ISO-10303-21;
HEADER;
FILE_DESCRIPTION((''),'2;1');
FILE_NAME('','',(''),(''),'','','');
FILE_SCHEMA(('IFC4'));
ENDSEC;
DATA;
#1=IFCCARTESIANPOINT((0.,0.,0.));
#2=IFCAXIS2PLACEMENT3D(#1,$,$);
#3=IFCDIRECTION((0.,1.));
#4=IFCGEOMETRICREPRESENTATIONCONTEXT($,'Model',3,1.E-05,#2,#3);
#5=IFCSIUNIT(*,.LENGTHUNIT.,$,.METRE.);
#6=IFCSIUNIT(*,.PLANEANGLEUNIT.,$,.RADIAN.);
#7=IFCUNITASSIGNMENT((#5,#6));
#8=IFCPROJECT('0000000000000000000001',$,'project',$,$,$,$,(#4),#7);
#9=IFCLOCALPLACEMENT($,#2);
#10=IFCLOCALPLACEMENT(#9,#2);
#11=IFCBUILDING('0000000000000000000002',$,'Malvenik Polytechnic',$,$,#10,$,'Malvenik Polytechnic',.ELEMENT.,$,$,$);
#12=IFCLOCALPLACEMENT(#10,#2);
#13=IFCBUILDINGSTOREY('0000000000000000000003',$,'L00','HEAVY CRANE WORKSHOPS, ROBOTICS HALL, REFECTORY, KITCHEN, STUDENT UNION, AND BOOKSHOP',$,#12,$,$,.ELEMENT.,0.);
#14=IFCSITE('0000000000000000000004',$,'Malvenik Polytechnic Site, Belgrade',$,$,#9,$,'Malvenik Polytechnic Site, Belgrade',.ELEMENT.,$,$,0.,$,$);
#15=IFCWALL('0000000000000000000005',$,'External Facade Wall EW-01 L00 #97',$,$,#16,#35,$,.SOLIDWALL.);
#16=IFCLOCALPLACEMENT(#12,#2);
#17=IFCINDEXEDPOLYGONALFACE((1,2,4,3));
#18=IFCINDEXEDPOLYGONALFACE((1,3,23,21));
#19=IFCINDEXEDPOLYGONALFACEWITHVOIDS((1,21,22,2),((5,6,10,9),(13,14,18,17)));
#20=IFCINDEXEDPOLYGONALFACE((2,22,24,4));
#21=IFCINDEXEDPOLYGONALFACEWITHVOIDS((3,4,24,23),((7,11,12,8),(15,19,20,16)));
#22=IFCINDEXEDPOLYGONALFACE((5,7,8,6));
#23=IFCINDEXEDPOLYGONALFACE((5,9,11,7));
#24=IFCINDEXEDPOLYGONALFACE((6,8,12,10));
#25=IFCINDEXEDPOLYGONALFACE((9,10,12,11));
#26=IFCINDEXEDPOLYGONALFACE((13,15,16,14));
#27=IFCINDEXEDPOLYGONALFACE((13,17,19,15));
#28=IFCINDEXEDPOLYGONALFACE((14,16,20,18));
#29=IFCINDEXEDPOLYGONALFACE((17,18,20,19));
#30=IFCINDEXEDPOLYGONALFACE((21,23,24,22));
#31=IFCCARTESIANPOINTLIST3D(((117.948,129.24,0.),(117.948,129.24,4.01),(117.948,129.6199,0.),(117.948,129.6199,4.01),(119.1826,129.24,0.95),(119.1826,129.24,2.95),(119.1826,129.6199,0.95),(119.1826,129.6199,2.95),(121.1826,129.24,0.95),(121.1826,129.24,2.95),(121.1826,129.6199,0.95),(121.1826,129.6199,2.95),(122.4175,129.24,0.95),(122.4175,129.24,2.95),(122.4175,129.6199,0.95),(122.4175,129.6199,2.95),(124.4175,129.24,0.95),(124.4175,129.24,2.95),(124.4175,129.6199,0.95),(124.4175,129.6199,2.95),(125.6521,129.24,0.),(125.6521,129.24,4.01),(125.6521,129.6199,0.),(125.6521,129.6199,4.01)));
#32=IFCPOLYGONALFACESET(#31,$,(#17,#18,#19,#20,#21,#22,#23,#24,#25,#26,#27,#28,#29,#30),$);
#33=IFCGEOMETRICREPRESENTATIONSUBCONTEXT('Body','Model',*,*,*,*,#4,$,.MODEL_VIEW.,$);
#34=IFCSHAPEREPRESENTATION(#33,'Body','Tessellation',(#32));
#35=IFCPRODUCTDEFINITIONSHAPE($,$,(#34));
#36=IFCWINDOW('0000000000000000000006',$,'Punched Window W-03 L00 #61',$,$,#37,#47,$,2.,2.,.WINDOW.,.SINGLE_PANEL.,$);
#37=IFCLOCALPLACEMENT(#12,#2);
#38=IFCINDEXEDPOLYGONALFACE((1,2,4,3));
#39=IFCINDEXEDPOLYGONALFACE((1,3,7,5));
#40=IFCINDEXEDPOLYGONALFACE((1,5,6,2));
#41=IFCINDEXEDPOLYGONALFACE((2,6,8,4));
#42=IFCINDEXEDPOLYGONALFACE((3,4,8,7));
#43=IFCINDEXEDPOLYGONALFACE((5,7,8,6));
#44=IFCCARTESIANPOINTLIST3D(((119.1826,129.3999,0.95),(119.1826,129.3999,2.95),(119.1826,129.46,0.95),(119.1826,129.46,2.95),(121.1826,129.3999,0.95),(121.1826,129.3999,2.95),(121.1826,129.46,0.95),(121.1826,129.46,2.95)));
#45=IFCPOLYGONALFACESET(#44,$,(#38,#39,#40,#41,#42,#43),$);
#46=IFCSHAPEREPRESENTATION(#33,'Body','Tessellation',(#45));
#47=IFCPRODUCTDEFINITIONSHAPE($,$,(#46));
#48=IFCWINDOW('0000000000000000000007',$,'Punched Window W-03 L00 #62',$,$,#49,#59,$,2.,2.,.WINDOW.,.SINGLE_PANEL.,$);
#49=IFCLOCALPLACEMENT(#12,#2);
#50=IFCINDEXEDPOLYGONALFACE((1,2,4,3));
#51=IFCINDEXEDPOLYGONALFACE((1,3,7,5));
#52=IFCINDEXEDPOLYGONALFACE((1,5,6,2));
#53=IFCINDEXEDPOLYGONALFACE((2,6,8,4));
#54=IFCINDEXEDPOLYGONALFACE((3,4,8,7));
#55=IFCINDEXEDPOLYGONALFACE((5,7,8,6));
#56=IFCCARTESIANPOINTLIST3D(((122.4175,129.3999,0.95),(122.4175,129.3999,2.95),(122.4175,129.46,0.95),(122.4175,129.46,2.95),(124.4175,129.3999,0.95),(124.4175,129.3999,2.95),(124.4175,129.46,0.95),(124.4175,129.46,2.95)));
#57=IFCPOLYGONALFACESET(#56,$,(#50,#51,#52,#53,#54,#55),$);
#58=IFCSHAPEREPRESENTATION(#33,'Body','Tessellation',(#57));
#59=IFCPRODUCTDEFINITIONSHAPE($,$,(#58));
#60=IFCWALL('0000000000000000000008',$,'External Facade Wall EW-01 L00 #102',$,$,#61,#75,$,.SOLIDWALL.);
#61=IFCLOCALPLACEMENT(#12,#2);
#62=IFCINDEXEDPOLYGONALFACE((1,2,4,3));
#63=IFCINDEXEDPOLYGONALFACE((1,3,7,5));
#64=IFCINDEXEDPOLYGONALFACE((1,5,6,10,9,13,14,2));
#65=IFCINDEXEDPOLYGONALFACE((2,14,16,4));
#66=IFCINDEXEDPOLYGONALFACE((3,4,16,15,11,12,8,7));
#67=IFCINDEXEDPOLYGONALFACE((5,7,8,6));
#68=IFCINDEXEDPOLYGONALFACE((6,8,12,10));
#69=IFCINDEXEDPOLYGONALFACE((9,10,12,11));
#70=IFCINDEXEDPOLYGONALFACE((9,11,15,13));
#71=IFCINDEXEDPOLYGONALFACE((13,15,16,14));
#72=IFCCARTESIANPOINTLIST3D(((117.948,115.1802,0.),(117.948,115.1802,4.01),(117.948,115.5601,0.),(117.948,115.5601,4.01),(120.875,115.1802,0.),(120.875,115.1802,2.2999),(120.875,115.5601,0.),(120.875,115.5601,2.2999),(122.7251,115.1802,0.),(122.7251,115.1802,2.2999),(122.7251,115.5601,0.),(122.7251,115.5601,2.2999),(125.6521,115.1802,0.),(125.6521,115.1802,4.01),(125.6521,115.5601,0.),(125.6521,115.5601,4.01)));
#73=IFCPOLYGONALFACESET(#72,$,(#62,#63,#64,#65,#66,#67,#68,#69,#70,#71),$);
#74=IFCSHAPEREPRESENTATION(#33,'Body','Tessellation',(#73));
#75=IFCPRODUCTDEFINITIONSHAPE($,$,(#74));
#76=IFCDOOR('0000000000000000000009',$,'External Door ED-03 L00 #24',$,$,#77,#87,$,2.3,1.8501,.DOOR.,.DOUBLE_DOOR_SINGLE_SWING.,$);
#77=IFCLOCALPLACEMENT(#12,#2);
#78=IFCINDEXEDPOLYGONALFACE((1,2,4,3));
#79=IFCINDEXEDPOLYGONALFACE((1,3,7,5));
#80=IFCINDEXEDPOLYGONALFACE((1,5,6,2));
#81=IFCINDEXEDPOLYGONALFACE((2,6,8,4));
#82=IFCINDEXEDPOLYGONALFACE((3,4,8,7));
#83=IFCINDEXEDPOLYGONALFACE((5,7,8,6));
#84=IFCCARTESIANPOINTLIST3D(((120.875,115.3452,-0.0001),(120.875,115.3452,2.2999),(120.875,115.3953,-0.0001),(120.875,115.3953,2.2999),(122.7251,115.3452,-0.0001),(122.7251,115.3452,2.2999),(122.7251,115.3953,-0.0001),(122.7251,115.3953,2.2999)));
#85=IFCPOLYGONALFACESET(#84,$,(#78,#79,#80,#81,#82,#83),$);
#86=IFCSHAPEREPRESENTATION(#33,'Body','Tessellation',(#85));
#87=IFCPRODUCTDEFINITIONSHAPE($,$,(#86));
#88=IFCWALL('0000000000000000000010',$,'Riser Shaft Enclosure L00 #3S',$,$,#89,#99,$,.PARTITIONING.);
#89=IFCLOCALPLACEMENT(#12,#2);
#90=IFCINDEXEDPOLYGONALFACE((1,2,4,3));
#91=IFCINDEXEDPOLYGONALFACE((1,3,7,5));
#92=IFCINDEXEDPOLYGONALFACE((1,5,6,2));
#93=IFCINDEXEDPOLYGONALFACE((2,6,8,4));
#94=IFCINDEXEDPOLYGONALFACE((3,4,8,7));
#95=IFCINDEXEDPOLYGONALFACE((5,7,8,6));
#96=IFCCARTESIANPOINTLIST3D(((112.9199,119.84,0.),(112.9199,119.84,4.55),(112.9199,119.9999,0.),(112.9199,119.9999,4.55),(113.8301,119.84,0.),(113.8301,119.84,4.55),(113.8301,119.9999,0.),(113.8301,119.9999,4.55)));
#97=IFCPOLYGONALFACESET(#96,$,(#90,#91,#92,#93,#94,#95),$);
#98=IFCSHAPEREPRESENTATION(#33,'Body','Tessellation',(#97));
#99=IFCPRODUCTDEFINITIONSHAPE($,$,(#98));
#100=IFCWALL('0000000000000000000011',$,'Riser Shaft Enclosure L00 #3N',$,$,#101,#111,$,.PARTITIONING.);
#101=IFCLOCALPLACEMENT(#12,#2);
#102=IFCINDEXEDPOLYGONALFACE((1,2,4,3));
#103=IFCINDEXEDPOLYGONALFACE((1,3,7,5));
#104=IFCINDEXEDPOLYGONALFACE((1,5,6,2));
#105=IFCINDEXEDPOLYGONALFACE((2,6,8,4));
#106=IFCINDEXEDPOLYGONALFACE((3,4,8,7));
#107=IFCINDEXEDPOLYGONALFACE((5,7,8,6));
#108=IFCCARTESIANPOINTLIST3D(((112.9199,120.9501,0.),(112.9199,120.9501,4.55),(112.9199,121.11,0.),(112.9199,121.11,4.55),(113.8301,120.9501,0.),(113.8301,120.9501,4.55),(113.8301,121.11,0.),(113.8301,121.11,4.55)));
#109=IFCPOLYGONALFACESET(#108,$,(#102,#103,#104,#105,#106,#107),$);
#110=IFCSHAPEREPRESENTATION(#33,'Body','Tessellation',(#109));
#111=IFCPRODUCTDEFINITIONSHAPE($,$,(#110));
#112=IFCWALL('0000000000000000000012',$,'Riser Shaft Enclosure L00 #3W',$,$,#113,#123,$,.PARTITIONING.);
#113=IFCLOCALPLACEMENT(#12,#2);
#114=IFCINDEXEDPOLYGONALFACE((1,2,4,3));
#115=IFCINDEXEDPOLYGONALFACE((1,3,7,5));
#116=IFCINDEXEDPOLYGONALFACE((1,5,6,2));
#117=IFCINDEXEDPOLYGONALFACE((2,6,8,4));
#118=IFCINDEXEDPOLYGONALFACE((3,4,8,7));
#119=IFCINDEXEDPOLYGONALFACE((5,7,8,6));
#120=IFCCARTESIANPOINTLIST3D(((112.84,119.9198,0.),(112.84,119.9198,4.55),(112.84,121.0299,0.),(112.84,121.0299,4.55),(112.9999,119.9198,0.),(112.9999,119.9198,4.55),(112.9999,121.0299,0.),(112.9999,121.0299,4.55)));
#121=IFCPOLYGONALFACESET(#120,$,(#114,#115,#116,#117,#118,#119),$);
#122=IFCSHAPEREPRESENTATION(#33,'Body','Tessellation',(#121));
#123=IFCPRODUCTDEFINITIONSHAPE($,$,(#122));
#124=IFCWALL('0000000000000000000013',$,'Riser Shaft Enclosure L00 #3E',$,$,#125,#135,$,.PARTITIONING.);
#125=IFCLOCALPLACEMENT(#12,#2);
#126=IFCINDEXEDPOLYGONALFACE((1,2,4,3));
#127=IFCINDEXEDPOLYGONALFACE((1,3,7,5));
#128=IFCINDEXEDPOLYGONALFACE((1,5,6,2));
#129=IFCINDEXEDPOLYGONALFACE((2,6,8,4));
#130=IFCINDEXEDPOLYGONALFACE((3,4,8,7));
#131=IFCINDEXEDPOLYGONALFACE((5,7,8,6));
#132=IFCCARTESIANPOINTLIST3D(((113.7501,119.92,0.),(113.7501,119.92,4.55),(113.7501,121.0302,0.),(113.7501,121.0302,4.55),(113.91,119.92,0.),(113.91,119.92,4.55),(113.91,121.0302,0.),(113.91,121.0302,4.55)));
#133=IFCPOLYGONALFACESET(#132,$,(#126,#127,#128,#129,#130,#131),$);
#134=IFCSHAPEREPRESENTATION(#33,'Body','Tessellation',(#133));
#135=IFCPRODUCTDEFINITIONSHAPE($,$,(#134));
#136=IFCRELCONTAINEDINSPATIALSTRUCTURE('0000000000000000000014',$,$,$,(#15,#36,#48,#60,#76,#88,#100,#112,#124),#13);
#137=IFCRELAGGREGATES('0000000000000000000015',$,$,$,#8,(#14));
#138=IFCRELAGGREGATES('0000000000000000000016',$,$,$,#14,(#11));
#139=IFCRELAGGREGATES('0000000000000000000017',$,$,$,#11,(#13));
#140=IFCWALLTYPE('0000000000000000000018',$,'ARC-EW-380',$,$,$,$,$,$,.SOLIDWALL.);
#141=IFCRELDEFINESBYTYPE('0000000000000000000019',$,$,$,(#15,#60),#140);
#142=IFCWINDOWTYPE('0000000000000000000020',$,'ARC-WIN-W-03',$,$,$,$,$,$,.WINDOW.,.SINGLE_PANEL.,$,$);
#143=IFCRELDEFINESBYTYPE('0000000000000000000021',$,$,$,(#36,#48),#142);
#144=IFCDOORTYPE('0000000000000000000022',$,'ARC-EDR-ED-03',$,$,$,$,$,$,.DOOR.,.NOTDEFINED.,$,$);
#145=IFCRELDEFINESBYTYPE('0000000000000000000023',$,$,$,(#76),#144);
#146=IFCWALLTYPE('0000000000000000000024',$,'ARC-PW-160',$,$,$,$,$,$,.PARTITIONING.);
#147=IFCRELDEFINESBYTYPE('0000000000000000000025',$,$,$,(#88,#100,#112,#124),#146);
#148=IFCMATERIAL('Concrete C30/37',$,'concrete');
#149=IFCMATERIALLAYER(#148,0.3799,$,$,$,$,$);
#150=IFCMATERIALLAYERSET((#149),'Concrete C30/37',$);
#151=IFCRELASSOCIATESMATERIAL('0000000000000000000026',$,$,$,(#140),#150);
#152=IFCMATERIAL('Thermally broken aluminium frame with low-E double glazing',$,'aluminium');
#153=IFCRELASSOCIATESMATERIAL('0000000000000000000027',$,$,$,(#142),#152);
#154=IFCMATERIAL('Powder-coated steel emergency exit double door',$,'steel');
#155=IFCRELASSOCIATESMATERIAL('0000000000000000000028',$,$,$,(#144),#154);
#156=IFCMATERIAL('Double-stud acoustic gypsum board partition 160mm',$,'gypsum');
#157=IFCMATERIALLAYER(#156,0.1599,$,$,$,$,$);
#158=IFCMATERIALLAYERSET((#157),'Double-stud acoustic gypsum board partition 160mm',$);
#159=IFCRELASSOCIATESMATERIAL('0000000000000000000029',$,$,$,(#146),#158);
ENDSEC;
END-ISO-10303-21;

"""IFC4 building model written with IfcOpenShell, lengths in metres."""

from ifc_helpers import new_model, si_unit, direction, frame, frame_2d, origin, place, context, subcontext, project, spatial, rectangle, extrude, material, layer, layer_set, type_object, element, fill, save


model = new_model("IFC4")

# Units and contexts
model_context = context("Model", 3, precision=1e-05, world=origin(), true_north=direction((0.0, 1.0)))
body_context = subcontext(model_context, "Body", "Model", "MODEL_VIEW")
ifc_project = project(units=[si_unit("LENGTHUNIT", "METRE"), si_unit("PLANEANGLEUNIT", "RADIAN")], contexts=[model_context])

# Site, building, storey
site_placement = place(None, origin())
site = spatial("IfcSite", under=ifc_project, at=site_placement, Name="Malvenik Polytechnic Site, Belgrade", LongName="Malvenik Polytechnic Site, Belgrade", CompositionType="ELEMENT", RefElevation=0.0)
building_placement = place(site_placement, origin())
building = spatial("IfcBuilding", under=site, at=building_placement, Name="Malvenik Polytechnic", LongName="Malvenik Polytechnic", CompositionType="ELEMENT")
storey_placement = place(building_placement, origin())
storey = spatial("IfcBuildingStorey", under=building, at=storey_placement, Name="L00", Description="HEAVY CRANE WORKSHOPS, ROBOTICS HALL, REFECTORY, KITCHEN, STUDENT UNION, AND BOOKSHOP", CompositionType="ELEMENT", Elevation=0.0)

# Shared definitions
ifc_material_1 = material(Name="Concrete C30/37", Category="concrete")

# Wall, openings, windows
ifc_layer_1 = layer(ifc_material_1, 0.3799)
ifc_layer_set_1 = layer_set([ifc_layer_1], Name="Concrete C30/37")
wall_type_1 = type_object("IfcWallType", Name="ARC-EW-380", PredefinedType="SOLIDWALL", material=ifc_layer_set_1)
wall_1_placement = place(storey_placement, frame((117.948, 129.4299, 0.0), z_axis=(0.0, 0.0, 1.0), x_axis=(1.0, 0.0, 0.0)))
wall_1 = element("IfcWall", 1, at=wall_1_placement, inside=storey, type_object=wall_type_1, Name="External Facade Wall EW-01 L00 #97", PredefinedType="SOLIDWALL", context=body_context, shape_type="SweptSolid", body=[
    extrude(rectangle(XDim=7.7041, YDim=0.3799, at=frame_2d((3.8521, 0.0))), origin(), (0.0, 0.0, 1.0), 4.01),
])
opening_1_placement = place(wall_1_placement, frame((1.2346, 0.0, 0.95)))
opening_1 = element("IfcOpeningElement", 2, at=opening_1_placement, cuts=wall_1, PredefinedType="OPENING", context=body_context, shape_type="SweptSolid", body=[
    extrude(rectangle(XDim=2.0, YDim=2.0, at=frame_2d((1.0, 1.0))), frame((0.0, 0.2, 0.0), z_axis=(0.0, -1.0, 0.0), x_axis=(1.0, 0.0, 0.0)), (0.0, 0.0, 1.0), 0.3999),
])
opening_2_placement = place(wall_1_placement, frame((4.4695, 0.0, 0.95)))
opening_2 = element("IfcOpeningElement", 3, at=opening_2_placement, cuts=wall_1, PredefinedType="OPENING", context=body_context, shape_type="SweptSolid", body=[
    extrude(rectangle(XDim=2.0, YDim=2.0, at=frame_2d((1.0, 1.0))), frame((0.0, 0.2, 0.0), z_axis=(0.0, -1.0, 0.0), x_axis=(1.0, 0.0, 0.0)), (0.0, 0.0, 1.0), 0.3999),
])
ifc_material_2 = material(Name="Thermally broken aluminium frame with low-E double glazing", Category="aluminium")
window_type = type_object("IfcWindowType", Name="ARC-WIN-W-03", PartitioningType="SINGLE_PANEL", PredefinedType="WINDOW", material=ifc_material_2)
window_1_placement = place(opening_1_placement, origin())
window_1 = element("IfcWindow", 4, at=window_1_placement, inside=storey, type_object=window_type, Name="Punched Window W-03 L00 #61", OverallHeight=2.0, OverallWidth=2.0, PartitioningType="SINGLE_PANEL", PredefinedType="WINDOW", context=body_context, shape_type="SweptSolid", body=[
    extrude(rectangle(XDim=2.0, YDim=2.0, at=frame_2d((1.0, 1.0))), frame((0.0, 0.03, 0.0), z_axis=(0.0, -1.0, 0.0), x_axis=(1.0, 0.0, 0.0)), (0.0, 0.0, 1.0), 0.0601),
])
fill(opening_1, window_1)
window_2_placement = place(opening_2_placement, origin())
window_2 = element("IfcWindow", 5, at=window_2_placement, inside=storey, type_object=window_type, Name="Punched Window W-03 L00 #62", OverallHeight=2.0, OverallWidth=2.0, PartitioningType="SINGLE_PANEL", PredefinedType="WINDOW", context=body_context, shape_type="SweptSolid", body=[
    extrude(rectangle(XDim=2.0, YDim=2.0, at=frame_2d((1.0, 1.0))), frame((0.0, 0.03, 0.0), z_axis=(0.0, -1.0, 0.0), x_axis=(1.0, 0.0, 0.0)), (0.0, 0.0, 1.0), 0.0601),
])
fill(opening_2, window_2)

# Wall, opening, door
wall_2_placement = place(storey_placement, frame((125.6521, 115.3701, 0.0), z_axis=(0.0, 0.0, 1.0), x_axis=(-1.0, 0.0, 0.0)))
wall_2 = element("IfcWall", 6, at=wall_2_placement, inside=storey, type_object=wall_type_1, Name="External Facade Wall EW-01 L00 #102", PredefinedType="SOLIDWALL", context=body_context, shape_type="SweptSolid", body=[
    extrude(rectangle(XDim=7.7041, YDim=0.3799, at=frame_2d((3.8521, 0.0))), origin(), (0.0, 0.0, 1.0), 4.01),
])
opening_3_placement = place(wall_2_placement, frame((2.927, 0.0, 0.0)))
opening_3 = element("IfcOpeningElement", 7, at=opening_3_placement, cuts=wall_2, PredefinedType="OPENING", context=body_context, shape_type="SweptSolid", body=[
    extrude(rectangle(XDim=1.8501, YDim=2.3, at=frame_2d((0.925, 1.1499))), frame((0.0, 0.2, 0.0), z_axis=(0.0, -1.0, 0.0), x_axis=(1.0, 0.0, 0.0)), (0.0, 0.0, 1.0), 0.3999),
])
ifc_material_3 = material(Name="Powder-coated steel emergency exit double door", Category="steel")
door_type = type_object("IfcDoorType", Name="ARC-EDR-ED-03", OperationType="NOTDEFINED", PredefinedType="DOOR", material=ifc_material_3)
door_placement = place(opening_3_placement, origin())
door = element("IfcDoor", 8, at=door_placement, inside=storey, type_object=door_type, Name="External Door ED-03 L00 #24", OperationType="DOUBLE_DOOR_SINGLE_SWING", OverallHeight=2.3, OverallWidth=1.8501, PredefinedType="DOOR", context=body_context, shape_type="SweptSolid", body=[
    extrude(rectangle(XDim=1.8501, YDim=2.3, at=frame_2d((0.925, 1.1499))), frame((0.0, 0.0249, 0.0), z_axis=(0.0, -1.0, 0.0), x_axis=(1.0, 0.0, 0.0)), (0.0, 0.0, 1.0), 0.05),
])
fill(opening_3, door)

# Walls
ifc_material_4 = material(Name="Double-stud acoustic gypsum board partition 160mm", Category="gypsum")
ifc_layer_2 = layer(ifc_material_4, 0.1599)
ifc_layer_set_2 = layer_set([ifc_layer_2], Name="Double-stud acoustic gypsum board partition 160mm")
wall_type_2 = type_object("IfcWallType", Name="ARC-PW-160", PredefinedType="PARTITIONING", material=ifc_layer_set_2)
for number, where, z_axis, x_axis, name in (
    (9, (112.9199, 119.9199, 0.0), (0.0, 0.0, 1.0), (1.0, 0.0, 0.0), "Riser Shaft Enclosure L00 #3S"),
    (10, (113.8301, 121.03, 0.0), (0.0, 0.0, 1.0), (-1.0, 0.0, 0.0), "Riser Shaft Enclosure L00 #3N"),
):
    element("IfcWall", number, at=place(storey_placement, frame(where, z_axis=z_axis, x_axis=x_axis)), inside=storey, type_object=wall_type_2, Name=name, PredefinedType="PARTITIONING", context=body_context, shape_type="SweptSolid", body=[
        extrude(rectangle(XDim=0.9102, YDim=0.1599, at=frame_2d((0.4551, 0.0))), origin(), (0.0, 0.0, 1.0), 4.55),
    ])
for number, where, z_axis, x_axis, name in (
    (11, (112.9199, 121.03, 0.0), (0.0, 0.0, 1.0), (0.0, -1.0, 0.0), "Riser Shaft Enclosure L00 #3W"),
    (12, (113.8301, 119.9199, 0.0), (0.0, 0.0, 1.0), (0.0, 1.0, 0.0), "Riser Shaft Enclosure L00 #3E"),
):
    element("IfcWall", number, at=place(storey_placement, frame(where, z_axis=z_axis, x_axis=x_axis)), inside=storey, type_object=wall_type_2, Name=name, PredefinedType="PARTITIONING", context=body_context, shape_type="SweptSolid", body=[
        extrude(rectangle(XDim=1.1101, YDim=0.1599, at=frame_2d((0.5552, 0.0))), origin(), (0.0, 0.0, 1.0), 4.55),
    ])

save(model, "model.ifc")
